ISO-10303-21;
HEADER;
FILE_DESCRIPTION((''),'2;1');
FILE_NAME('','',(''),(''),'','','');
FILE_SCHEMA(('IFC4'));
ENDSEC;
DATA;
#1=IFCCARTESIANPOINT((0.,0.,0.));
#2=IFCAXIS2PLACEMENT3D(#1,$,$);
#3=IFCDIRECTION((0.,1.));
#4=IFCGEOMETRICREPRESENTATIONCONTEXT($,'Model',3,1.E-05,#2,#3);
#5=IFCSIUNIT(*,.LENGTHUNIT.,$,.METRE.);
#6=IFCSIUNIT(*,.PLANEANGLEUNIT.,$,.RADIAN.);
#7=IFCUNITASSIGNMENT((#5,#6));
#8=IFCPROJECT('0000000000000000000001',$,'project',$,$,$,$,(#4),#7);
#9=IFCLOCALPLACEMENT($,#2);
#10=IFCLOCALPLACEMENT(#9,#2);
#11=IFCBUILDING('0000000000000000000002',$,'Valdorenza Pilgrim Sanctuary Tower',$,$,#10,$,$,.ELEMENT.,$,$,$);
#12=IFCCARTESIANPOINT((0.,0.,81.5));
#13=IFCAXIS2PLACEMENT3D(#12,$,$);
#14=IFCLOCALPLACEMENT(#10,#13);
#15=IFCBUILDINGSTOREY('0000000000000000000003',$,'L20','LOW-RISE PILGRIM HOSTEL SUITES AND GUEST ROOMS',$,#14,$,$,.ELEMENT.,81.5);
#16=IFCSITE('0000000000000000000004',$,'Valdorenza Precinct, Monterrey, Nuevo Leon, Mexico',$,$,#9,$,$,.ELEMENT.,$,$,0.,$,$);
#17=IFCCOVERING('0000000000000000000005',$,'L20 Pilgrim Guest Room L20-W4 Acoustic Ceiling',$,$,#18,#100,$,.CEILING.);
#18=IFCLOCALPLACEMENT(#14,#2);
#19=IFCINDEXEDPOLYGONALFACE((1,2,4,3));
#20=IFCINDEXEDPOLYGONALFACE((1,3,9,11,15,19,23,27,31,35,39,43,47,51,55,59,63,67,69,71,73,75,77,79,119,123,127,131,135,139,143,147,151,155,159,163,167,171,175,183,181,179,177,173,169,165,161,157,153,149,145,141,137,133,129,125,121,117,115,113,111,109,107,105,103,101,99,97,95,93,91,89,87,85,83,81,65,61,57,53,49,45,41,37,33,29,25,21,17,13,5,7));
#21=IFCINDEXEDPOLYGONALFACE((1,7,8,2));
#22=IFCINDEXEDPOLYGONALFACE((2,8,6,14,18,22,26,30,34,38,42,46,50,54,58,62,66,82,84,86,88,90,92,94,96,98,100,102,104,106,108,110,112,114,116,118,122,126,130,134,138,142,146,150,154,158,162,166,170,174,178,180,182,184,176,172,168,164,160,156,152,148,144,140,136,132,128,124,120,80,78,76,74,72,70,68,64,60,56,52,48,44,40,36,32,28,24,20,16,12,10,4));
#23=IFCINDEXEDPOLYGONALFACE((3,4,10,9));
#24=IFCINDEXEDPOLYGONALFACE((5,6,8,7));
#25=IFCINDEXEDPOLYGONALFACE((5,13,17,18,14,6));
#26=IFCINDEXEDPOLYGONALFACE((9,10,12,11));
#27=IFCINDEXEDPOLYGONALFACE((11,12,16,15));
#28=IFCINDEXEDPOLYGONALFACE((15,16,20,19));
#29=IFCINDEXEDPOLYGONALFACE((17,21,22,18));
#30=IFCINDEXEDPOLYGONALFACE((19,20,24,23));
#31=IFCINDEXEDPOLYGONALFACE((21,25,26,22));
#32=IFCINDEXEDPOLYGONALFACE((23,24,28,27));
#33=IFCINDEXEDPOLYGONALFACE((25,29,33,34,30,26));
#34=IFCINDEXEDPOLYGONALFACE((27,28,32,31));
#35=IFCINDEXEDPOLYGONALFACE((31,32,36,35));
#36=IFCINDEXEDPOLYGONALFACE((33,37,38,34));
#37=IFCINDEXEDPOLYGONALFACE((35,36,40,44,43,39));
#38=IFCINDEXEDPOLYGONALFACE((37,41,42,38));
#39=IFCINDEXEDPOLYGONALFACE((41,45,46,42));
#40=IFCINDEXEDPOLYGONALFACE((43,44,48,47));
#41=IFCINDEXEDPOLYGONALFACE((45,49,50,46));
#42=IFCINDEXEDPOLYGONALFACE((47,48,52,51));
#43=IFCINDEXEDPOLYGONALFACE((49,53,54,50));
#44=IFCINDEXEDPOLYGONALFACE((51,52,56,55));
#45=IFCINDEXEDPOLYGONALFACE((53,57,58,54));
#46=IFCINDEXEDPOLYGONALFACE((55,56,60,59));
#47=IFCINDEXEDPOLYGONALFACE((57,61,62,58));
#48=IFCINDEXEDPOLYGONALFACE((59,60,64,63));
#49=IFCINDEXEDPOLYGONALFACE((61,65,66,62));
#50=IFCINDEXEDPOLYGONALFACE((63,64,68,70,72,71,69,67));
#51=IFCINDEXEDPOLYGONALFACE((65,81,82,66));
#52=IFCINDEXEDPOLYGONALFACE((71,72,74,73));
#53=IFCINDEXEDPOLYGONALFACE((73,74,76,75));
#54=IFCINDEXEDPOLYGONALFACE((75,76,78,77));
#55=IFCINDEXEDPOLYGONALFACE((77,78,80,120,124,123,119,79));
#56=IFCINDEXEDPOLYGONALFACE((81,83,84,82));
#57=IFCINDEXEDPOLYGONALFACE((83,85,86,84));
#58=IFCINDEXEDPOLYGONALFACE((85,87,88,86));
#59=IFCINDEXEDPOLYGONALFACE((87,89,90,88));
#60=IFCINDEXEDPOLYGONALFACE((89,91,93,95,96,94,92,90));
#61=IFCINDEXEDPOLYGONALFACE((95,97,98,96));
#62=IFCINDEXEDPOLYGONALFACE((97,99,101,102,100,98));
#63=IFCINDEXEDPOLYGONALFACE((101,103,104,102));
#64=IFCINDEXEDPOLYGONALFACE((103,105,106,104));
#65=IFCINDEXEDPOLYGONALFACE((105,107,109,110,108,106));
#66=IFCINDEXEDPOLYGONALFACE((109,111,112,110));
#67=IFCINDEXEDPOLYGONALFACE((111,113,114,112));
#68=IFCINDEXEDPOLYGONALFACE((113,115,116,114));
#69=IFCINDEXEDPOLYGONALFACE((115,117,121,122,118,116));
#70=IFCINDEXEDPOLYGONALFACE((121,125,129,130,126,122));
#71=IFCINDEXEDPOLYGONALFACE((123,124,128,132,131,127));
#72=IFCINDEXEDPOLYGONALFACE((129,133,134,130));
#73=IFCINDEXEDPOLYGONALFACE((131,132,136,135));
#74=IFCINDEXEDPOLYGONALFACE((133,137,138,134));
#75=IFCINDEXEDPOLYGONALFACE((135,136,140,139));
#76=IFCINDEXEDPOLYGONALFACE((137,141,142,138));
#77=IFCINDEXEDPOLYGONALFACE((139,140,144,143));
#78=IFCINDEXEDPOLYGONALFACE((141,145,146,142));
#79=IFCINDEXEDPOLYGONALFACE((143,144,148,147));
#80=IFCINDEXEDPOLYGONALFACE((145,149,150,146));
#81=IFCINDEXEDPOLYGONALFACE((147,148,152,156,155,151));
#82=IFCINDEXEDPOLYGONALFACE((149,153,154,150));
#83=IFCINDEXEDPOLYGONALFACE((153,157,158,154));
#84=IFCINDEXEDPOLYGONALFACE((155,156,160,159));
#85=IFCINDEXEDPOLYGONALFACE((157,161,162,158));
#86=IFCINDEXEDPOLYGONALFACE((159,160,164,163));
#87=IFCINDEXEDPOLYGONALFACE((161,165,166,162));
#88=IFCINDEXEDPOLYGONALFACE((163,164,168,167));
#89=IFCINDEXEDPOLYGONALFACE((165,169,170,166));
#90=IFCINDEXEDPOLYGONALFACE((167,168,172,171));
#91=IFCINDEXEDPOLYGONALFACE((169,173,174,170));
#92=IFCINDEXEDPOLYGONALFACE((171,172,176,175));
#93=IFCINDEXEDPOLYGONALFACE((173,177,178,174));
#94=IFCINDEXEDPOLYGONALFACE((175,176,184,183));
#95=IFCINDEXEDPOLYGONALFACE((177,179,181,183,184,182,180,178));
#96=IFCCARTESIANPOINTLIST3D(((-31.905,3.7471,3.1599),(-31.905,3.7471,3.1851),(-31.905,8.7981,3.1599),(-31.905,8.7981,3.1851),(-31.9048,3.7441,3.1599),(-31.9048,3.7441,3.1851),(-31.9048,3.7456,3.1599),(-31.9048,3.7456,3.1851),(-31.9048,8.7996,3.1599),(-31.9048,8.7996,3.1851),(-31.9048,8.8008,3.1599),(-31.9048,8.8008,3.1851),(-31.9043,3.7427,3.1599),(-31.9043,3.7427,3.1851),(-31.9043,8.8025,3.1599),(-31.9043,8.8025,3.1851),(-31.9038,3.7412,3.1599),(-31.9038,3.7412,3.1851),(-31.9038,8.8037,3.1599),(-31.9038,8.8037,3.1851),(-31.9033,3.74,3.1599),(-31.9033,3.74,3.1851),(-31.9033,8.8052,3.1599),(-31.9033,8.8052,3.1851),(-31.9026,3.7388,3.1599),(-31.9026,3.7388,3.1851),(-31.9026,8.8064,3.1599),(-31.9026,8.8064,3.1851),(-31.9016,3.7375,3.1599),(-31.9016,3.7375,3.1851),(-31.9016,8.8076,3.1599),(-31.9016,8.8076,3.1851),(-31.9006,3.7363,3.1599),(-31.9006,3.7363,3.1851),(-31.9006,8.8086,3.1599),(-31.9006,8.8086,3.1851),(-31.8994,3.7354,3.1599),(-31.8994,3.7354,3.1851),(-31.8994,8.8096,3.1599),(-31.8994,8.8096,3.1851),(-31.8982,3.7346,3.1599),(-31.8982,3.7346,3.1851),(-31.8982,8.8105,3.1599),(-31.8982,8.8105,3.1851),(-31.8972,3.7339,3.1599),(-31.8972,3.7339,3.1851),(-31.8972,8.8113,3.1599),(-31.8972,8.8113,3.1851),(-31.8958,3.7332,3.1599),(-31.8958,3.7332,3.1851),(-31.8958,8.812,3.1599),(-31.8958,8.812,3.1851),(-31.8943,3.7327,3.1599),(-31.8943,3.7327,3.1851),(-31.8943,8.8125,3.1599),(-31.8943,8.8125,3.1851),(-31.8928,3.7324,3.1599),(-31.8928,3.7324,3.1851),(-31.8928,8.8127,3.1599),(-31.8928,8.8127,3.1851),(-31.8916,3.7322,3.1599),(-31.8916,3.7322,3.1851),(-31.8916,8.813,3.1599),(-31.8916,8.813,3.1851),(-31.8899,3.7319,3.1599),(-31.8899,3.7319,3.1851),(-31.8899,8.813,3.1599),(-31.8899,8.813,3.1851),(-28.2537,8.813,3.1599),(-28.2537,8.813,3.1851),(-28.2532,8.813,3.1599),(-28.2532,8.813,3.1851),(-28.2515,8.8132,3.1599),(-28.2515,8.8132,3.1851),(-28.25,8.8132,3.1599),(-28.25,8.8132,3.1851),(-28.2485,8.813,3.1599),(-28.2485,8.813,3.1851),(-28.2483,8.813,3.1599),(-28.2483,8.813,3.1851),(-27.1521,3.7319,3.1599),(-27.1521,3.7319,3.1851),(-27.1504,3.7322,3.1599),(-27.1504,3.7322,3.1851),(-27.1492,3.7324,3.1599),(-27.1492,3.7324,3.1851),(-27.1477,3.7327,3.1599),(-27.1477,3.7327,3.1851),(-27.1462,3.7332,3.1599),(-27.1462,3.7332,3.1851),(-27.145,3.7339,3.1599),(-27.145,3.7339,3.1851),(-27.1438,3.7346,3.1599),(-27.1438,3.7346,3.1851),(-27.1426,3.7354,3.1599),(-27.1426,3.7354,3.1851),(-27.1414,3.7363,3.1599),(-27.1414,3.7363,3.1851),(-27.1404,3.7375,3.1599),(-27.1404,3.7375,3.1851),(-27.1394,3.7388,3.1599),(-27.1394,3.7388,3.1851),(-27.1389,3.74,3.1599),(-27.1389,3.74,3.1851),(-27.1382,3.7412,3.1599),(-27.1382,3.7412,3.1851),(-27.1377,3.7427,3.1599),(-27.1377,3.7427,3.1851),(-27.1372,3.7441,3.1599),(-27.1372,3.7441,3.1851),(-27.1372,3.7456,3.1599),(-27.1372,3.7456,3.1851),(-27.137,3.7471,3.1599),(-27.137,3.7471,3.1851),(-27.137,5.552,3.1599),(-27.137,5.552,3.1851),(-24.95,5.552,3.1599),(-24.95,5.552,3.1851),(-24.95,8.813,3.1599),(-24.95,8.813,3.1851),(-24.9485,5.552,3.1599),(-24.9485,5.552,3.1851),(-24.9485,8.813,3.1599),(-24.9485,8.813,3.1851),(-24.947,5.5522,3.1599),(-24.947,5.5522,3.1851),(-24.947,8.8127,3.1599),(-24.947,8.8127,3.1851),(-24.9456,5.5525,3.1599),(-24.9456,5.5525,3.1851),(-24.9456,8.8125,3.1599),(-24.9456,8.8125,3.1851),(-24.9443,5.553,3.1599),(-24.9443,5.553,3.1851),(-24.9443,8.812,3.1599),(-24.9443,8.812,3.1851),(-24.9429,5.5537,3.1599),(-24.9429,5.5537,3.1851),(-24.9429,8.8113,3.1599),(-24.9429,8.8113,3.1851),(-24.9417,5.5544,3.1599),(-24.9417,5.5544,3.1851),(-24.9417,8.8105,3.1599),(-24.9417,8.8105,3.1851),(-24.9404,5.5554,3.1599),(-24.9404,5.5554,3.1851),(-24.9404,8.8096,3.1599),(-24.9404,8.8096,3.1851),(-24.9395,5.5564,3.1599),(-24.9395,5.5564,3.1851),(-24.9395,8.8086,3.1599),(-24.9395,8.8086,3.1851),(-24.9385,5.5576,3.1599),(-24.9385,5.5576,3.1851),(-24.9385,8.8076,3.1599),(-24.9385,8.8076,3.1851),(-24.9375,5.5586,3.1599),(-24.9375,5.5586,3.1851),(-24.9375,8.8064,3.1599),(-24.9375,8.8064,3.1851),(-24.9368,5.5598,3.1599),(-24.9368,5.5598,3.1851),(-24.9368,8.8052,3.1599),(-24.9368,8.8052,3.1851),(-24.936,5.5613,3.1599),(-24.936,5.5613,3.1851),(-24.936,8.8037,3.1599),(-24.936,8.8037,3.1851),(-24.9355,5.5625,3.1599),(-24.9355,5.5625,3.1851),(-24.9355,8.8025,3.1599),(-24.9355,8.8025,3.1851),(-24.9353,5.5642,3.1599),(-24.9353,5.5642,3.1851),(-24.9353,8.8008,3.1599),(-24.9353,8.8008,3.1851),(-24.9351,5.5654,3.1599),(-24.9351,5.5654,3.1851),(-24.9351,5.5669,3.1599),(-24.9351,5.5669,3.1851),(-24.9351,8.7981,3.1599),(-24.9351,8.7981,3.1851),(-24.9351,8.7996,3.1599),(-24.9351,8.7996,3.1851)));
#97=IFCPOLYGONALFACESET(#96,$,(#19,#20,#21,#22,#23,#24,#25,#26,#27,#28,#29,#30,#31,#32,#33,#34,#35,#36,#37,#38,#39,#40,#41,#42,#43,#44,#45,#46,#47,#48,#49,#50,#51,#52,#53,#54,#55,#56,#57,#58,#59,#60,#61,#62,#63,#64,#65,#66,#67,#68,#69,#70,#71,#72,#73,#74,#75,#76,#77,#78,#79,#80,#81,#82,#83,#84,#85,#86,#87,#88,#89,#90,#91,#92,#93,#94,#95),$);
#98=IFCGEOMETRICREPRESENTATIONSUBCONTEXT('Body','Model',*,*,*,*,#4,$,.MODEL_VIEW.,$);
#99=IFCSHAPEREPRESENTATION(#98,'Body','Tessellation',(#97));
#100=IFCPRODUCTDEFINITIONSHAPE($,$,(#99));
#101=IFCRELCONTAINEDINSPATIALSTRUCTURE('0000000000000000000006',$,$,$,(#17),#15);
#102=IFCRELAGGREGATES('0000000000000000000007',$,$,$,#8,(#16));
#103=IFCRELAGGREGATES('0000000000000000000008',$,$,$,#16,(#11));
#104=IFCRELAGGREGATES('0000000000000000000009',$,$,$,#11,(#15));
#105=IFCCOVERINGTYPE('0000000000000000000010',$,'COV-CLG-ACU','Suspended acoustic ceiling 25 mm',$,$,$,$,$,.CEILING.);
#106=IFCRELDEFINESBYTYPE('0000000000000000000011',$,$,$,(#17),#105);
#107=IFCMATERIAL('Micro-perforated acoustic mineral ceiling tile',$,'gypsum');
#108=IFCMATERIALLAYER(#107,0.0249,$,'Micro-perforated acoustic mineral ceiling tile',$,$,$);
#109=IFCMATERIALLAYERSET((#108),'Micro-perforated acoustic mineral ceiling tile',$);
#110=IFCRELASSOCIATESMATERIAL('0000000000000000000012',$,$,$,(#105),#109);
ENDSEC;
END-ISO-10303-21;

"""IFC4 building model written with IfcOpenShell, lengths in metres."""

from ifc_helpers import new_model, si_unit, direction, frame, origin, place, context, subcontext, project, spatial, polyline, outline, extrude, material, layer, layer_set, type_object, element, save


model = new_model("IFC4")

# Units and contexts
model_context = context("Model", 3, precision=1e-05, world=origin(), true_north=direction((0.0, 1.0)))
body_context = subcontext(model_context, "Body", "Model", "MODEL_VIEW")
ifc_project = project(units=[si_unit("LENGTHUNIT", "METRE"), si_unit("PLANEANGLEUNIT", "RADIAN")], contexts=[model_context])

# Site, building, storey
site_placement = place(None, origin())
site = spatial("IfcSite", under=ifc_project, at=site_placement, Name="Valdorenza Precinct, Monterrey, Nuevo Leon, Mexico", CompositionType="ELEMENT", RefElevation=0.0)
building_placement = place(site_placement, origin())
building = spatial("IfcBuilding", under=site, at=building_placement, Name="Valdorenza Pilgrim Sanctuary Tower", CompositionType="ELEMENT")
storey_placement = place(building_placement, frame((0.0, 0.0, 81.5)))
storey = spatial("IfcBuildingStorey", under=building, at=storey_placement, Name="L20", Description="LOW-RISE PILGRIM HOSTEL SUITES AND GUEST ROOMS", CompositionType="ELEMENT", Elevation=81.5)

# Covering
ifc_material_1 = material(Name="Micro-perforated acoustic mineral ceiling tile", Category="gypsum")
ifc_layer_1 = layer(ifc_material_1, 0.0249, Name="Micro-perforated acoustic mineral ceiling tile")
ifc_layer_set_1 = layer_set([ifc_layer_1], Name="Micro-perforated acoustic mineral ceiling tile")
covering_type_1 = type_object("IfcCoveringType", Name="COV-CLG-ACU", Description="Suspended acoustic ceiling 25 mm", PredefinedType="CEILING", material=ifc_layer_set_1)
covering_1_placement = place(storey_placement, frame((0.0, 0.0, 3.1599)))
element("IfcCovering", 1, at=covering_1_placement, inside=storey, type_object=covering_type_1, Name="L20 Pilgrim Guest Room L20-W4 Acoustic Ceiling", PredefinedType="CEILING", context=body_context, shape_type="SweptSolid", body=[
    extrude(outline(polyline([(-28.2537, 8.813), (-28.2532, 8.813), (-28.2515, 8.8132), (-28.25, 8.8132), (-28.2485, 8.813), (-28.2483, 8.813), (-24.95, 8.813), (-24.9485, 8.813), (-24.947, 8.8127), (-24.9456, 8.8125), (-24.9443, 8.812), (-24.9429, 8.8113), (-24.9417, 8.8105), (-24.9404, 8.8096), (-24.9395, 8.8086), (-24.9385, 8.8076), (-24.9375, 8.8064), (-24.9368, 8.8052), (-24.936, 8.8037), (-24.9355, 8.8025), (-24.9353, 8.8008), (-24.9351, 8.7996), (-24.9351, 8.7981), (-24.9351, 5.5669), (-24.9351, 5.5654), (-24.9353, 5.5642), (-24.9355, 5.5625), (-24.936, 5.5613), (-24.9368, 5.5598), (-24.9375, 5.5586), (-24.9385, 5.5576), (-24.9395, 5.5564), (-24.9404, 5.5554), (-24.9417, 5.5544), (-24.9429, 5.5537), (-24.9443, 5.553), (-24.9456, 5.5525), (-24.947, 5.5522), (-24.9485, 5.552), (-24.95, 5.552), (-27.137, 5.552), (-27.137, 3.7471), (-27.1372, 3.7456), (-27.1372, 3.7441), (-27.1377, 3.7427), (-27.1382, 3.7412), (-27.1389, 3.74), (-27.1394, 3.7388), (-27.1404, 3.7375), (-27.1414, 3.7363), (-27.1426, 3.7354), (-27.1438, 3.7346), (-27.145, 3.7339), (-27.1462, 3.7332), (-27.1477, 3.7327), (-27.1492, 3.7324), (-27.1504, 3.7322), (-27.1521, 3.7319), (-31.8899, 3.7319), (-31.8916, 3.7322), (-31.8928, 3.7324), (-31.8943, 3.7327), (-31.8958, 3.7332), (-31.8972, 3.7339), (-31.8982, 3.7346), (-31.8994, 3.7354), (-31.9006, 3.7363), (-31.9016, 3.7375), (-31.9026, 3.7388), (-31.9033, 3.74), (-31.9038, 3.7412), (-31.9043, 3.7427), (-31.9048, 3.7441), (-31.9048, 3.7456), (-31.905, 3.7471), (-31.905, 8.7981), (-31.9048, 8.7996), (-31.9048, 8.8008), (-31.9043, 8.8025), (-31.9038, 8.8037), (-31.9033, 8.8052), (-31.9026, 8.8064), (-31.9016, 8.8076), (-31.9006, 8.8086), (-31.8994, 8.8096), (-31.8982, 8.8105), (-31.8972, 8.8113), (-31.8958, 8.812), (-31.8943, 8.8125), (-31.8928, 8.8127), (-31.8916, 8.813), (-31.8899, 8.813), (-28.2537, 8.813)])), origin(), (0.0, 0.0, 1.0), 0.0251),
])

save(model, "model.ifc")
